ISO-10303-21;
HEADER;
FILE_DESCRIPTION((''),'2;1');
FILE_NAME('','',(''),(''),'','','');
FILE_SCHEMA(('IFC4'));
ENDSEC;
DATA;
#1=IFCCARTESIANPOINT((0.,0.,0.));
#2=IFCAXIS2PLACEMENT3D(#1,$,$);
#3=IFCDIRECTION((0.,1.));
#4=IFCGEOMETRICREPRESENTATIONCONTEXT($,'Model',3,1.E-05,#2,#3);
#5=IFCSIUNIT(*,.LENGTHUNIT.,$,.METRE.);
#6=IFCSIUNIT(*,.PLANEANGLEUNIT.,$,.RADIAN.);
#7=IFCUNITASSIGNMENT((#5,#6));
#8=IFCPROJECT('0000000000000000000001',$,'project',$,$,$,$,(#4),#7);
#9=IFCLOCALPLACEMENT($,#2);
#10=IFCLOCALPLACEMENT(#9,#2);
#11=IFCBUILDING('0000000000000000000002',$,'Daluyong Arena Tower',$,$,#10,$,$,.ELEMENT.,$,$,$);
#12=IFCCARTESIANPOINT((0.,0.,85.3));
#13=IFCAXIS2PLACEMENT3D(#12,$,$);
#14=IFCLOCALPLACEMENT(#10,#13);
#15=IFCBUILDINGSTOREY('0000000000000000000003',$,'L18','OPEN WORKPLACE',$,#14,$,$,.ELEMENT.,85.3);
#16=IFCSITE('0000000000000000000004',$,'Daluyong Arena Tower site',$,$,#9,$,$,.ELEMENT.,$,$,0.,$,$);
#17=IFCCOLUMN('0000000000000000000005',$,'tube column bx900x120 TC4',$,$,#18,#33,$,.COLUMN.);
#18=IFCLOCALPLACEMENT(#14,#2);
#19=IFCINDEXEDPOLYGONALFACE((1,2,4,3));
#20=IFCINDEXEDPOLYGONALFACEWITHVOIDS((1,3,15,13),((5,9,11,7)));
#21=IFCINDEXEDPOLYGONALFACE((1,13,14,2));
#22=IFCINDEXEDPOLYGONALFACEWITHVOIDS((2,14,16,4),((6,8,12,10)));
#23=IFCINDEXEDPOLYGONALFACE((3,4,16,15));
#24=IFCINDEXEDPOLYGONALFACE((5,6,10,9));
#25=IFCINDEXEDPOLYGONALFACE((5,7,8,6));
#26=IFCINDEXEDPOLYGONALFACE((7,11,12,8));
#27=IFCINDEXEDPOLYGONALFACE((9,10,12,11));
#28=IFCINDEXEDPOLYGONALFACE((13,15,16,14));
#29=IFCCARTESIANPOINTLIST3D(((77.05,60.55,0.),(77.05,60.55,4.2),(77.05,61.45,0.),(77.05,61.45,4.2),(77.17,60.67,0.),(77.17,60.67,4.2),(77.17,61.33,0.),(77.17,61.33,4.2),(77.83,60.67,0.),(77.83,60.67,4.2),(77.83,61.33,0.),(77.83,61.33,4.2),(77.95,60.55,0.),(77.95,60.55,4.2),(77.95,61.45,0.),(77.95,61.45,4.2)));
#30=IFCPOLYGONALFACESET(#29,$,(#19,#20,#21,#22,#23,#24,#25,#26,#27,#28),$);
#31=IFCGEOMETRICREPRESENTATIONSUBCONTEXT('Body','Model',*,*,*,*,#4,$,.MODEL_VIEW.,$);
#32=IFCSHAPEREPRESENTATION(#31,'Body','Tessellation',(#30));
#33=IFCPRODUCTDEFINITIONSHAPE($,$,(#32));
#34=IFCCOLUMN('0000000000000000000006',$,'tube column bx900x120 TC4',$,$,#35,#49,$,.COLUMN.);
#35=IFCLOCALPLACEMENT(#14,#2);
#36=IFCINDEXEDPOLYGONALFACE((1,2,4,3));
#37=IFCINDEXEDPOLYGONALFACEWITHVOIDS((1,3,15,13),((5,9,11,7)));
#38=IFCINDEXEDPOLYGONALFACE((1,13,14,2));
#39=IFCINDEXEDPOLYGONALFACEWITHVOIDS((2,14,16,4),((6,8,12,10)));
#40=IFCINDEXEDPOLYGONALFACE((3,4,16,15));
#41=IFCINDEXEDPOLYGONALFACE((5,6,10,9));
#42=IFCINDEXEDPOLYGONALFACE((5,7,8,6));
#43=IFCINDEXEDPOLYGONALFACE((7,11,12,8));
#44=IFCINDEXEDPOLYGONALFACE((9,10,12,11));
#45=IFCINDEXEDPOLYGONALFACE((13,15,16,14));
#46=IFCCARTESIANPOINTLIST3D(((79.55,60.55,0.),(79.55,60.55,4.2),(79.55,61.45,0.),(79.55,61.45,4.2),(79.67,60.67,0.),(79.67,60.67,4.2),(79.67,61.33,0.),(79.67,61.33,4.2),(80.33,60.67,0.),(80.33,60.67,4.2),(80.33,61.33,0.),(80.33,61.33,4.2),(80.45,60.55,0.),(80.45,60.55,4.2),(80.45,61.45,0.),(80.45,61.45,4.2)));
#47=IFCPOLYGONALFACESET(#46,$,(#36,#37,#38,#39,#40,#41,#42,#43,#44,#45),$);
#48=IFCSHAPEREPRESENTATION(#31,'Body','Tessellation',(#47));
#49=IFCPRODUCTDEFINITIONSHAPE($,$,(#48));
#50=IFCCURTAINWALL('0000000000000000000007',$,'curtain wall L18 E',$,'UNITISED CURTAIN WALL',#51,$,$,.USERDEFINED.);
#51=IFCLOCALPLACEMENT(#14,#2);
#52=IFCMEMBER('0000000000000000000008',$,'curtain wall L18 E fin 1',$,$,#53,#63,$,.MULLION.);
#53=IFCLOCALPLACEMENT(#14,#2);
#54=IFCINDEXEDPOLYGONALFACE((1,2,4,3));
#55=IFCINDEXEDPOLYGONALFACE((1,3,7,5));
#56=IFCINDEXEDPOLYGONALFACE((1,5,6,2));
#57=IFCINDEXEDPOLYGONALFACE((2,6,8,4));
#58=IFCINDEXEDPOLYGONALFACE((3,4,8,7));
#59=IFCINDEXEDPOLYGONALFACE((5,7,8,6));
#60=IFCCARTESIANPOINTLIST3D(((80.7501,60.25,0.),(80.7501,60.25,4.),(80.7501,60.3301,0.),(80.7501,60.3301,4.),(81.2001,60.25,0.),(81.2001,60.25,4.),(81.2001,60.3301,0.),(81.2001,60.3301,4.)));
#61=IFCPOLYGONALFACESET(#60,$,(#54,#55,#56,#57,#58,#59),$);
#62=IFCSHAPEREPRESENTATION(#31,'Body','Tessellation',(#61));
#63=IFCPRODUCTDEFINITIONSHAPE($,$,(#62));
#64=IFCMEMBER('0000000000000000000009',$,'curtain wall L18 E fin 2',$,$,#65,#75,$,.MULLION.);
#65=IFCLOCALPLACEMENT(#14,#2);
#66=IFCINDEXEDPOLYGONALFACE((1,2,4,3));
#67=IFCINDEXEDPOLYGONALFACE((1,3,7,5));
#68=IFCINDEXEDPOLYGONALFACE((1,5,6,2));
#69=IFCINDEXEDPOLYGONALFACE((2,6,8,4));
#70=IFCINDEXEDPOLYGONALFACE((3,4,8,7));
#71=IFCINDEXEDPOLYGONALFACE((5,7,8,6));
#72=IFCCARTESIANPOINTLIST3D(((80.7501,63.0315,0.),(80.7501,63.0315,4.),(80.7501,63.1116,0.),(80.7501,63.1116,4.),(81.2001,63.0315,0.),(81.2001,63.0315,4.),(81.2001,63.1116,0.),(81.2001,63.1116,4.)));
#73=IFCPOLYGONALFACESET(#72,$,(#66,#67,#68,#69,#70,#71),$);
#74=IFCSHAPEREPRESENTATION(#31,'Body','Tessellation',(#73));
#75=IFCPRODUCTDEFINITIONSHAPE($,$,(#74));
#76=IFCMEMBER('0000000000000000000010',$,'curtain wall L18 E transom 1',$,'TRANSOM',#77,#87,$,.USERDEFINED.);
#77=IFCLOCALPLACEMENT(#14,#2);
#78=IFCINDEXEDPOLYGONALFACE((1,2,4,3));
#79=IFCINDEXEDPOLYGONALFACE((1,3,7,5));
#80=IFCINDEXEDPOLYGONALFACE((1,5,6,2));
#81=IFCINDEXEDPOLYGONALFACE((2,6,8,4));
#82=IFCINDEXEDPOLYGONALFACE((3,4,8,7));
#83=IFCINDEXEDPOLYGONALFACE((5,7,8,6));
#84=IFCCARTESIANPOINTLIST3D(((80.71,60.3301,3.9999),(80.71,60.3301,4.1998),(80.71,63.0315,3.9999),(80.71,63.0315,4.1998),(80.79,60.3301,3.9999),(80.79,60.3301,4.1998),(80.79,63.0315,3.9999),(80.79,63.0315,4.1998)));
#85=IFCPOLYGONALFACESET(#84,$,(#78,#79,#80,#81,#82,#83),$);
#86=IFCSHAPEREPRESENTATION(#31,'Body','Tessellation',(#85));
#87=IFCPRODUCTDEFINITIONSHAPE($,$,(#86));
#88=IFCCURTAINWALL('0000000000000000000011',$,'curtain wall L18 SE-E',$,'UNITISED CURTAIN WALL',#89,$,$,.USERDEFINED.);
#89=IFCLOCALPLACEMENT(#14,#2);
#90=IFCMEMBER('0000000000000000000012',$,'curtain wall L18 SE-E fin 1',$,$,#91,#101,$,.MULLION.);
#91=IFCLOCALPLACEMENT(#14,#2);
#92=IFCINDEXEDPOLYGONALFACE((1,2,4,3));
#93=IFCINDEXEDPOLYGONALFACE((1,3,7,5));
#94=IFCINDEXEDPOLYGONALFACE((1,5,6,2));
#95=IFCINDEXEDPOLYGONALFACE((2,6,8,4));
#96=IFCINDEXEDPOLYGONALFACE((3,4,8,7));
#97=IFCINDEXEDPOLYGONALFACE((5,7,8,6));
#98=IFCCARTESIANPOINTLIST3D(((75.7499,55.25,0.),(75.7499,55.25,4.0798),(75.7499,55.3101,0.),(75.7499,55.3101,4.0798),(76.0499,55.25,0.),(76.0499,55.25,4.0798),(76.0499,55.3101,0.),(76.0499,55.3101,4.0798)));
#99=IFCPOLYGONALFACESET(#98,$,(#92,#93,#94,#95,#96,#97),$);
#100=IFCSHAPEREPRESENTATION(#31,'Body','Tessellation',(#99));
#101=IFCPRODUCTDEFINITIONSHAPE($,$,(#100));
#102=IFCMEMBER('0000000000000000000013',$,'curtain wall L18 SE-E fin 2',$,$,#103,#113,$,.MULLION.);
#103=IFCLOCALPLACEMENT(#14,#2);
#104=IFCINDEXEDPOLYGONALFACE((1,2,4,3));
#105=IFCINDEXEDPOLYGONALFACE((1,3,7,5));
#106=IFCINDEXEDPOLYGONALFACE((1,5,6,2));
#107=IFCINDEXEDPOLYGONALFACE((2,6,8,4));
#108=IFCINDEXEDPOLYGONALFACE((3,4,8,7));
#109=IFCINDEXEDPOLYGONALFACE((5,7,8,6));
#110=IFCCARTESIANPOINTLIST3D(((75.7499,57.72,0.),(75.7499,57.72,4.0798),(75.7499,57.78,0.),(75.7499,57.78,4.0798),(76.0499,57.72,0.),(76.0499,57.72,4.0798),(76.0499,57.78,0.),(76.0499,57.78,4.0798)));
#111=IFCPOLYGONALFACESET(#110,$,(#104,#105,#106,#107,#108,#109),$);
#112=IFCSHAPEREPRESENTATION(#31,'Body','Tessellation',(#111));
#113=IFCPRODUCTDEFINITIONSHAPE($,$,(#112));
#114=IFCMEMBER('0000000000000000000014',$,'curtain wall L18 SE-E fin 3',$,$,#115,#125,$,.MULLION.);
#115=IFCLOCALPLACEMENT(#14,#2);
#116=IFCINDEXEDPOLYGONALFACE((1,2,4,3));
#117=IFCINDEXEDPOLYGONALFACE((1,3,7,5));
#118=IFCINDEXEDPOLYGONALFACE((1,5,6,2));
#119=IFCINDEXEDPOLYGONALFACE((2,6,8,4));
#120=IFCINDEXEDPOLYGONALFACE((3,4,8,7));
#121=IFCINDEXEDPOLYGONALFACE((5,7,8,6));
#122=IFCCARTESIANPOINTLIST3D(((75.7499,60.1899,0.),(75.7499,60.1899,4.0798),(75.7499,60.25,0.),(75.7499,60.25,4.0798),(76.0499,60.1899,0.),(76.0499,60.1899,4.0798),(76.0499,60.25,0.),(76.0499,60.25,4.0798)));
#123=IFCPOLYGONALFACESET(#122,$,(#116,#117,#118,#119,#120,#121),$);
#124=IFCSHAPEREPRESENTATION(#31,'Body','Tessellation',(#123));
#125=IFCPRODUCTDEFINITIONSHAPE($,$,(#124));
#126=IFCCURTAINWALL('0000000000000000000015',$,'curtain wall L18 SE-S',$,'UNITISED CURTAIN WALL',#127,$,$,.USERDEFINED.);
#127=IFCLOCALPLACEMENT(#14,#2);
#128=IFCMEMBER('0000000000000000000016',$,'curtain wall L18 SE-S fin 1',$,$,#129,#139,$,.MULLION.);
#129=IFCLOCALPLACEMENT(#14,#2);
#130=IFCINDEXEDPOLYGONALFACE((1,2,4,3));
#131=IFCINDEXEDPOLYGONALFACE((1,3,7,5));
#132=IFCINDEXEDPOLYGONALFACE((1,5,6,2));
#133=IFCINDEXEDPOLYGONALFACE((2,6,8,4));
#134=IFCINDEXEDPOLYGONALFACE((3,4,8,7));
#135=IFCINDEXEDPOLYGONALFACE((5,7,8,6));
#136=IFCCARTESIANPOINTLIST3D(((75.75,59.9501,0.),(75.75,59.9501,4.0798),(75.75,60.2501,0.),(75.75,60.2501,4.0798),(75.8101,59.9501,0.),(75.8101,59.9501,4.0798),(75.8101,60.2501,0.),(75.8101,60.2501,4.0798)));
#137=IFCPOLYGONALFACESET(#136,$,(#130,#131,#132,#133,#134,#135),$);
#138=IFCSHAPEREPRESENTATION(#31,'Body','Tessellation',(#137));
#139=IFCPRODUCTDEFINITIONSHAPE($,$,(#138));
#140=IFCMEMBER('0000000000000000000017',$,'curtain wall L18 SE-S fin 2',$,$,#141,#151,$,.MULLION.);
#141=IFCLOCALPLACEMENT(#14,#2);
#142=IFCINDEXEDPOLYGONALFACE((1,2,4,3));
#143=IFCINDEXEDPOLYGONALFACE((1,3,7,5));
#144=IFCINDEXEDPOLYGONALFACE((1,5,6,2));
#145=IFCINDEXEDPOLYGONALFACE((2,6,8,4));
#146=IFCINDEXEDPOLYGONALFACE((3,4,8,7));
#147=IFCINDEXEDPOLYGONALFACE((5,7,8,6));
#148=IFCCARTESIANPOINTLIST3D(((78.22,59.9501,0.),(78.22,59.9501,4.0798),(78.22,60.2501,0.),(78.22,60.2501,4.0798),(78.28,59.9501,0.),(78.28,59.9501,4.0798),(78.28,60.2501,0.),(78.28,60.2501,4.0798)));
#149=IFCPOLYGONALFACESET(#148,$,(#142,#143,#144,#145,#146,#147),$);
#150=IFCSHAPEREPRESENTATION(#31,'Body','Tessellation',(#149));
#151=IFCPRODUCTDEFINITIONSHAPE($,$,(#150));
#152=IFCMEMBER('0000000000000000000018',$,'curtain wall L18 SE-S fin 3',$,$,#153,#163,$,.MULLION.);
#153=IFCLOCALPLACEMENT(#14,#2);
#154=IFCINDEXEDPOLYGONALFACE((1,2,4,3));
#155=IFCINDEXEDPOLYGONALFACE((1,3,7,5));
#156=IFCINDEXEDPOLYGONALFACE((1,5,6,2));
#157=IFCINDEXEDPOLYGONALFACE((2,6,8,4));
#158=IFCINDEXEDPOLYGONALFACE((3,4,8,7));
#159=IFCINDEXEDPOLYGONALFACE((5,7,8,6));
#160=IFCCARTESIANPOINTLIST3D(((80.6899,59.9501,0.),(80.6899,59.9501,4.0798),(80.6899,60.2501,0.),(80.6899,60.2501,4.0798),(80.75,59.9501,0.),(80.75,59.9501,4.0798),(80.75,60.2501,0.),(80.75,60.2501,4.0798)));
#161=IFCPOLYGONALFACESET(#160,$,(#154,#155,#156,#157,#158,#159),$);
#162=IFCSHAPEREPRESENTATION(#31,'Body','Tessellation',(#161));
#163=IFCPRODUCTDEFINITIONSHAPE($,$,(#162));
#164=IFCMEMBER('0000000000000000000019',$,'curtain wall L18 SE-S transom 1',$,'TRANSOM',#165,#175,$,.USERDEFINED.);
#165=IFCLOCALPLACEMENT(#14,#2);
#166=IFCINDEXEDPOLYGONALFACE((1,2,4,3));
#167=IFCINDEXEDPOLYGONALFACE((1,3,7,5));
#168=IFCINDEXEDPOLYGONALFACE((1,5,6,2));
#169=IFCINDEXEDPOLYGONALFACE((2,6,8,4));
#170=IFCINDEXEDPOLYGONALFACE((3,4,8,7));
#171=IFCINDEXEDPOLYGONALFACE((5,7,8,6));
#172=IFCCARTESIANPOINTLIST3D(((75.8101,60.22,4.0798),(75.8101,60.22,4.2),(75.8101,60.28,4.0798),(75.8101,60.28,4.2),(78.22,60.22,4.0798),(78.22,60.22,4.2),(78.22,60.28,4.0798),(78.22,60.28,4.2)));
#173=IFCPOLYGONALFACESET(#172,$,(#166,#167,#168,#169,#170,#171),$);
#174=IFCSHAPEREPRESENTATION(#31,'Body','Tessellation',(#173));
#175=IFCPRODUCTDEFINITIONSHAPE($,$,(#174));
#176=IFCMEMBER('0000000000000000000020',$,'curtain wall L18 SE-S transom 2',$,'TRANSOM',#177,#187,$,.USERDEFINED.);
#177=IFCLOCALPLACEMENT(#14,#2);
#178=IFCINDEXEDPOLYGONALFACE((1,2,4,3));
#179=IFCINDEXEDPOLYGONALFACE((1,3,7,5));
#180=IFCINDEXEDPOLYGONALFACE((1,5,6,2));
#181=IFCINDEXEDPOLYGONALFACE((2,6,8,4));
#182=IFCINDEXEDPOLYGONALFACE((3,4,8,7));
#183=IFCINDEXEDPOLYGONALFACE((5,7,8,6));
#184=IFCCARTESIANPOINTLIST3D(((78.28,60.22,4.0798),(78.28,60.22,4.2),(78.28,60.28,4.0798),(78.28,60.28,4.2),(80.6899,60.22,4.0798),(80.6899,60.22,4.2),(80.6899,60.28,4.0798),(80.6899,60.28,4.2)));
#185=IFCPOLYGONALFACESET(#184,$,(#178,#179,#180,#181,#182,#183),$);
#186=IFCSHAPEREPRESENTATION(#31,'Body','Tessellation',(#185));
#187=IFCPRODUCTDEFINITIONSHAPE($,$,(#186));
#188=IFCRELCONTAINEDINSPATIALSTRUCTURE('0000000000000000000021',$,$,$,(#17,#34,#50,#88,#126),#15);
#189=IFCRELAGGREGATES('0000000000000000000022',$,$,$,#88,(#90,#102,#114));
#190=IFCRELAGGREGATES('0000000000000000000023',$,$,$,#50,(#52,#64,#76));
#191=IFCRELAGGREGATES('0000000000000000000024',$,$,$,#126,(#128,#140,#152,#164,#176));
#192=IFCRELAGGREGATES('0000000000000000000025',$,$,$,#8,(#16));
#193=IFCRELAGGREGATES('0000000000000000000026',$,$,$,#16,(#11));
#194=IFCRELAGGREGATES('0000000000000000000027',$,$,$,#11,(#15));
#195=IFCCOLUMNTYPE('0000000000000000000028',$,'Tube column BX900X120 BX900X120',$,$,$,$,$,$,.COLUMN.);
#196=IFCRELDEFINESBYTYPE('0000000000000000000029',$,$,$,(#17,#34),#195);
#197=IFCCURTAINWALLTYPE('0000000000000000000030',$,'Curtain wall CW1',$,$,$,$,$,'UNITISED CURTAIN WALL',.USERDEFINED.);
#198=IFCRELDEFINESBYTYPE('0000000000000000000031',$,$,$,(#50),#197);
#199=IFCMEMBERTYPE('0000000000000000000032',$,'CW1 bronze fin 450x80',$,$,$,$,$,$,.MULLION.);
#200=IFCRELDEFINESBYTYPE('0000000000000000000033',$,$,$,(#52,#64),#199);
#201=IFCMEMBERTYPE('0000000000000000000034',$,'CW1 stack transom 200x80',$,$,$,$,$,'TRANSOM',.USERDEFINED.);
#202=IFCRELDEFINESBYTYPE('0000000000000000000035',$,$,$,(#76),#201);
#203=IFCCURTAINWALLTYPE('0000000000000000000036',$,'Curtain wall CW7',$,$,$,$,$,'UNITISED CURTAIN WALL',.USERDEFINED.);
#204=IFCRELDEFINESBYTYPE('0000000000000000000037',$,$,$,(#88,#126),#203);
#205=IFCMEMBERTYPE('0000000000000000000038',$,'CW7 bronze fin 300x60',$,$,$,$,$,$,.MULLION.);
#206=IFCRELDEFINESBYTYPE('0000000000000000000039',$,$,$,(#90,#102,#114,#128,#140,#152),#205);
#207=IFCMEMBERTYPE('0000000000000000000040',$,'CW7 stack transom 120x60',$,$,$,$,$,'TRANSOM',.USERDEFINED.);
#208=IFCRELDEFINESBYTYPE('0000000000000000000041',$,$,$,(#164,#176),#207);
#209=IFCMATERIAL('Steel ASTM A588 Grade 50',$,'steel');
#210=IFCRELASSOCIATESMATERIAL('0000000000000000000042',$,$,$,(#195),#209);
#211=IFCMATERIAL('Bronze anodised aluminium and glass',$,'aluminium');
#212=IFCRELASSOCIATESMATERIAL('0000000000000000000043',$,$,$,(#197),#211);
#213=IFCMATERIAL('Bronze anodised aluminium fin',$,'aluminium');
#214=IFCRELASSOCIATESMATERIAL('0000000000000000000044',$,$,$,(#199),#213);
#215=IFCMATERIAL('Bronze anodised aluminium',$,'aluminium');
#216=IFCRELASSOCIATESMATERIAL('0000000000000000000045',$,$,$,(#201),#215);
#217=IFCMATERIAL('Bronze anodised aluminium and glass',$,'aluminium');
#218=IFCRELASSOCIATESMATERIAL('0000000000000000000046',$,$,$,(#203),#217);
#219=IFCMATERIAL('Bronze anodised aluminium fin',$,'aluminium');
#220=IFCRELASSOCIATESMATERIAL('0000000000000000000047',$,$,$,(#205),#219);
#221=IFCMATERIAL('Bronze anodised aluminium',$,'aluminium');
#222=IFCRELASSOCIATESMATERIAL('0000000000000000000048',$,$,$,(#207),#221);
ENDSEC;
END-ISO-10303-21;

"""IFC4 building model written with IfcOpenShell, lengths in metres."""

from ifc_helpers import new_model, si_unit, direction, frame, origin, origin_2d, place, context, subcontext, project, spatial, rectangle, hollow_rectangle, extrude, material, material_profile, profile_set, type_object, element, aggregate, save


model = new_model("IFC4")

# Units and contexts
model_context = context("Model", 3, precision=1e-05, world=origin(), true_north=direction((0.0, 1.0)))
body_context = subcontext(model_context, "Body", "Model", "MODEL_VIEW")
ifc_project = project(units=[si_unit("LENGTHUNIT", "METRE"), si_unit("PLANEANGLEUNIT", "RADIAN")], contexts=[model_context])

# Site, building, storey
site_placement = place(None, origin())
site = spatial("IfcSite", under=ifc_project, at=site_placement, Name="Daluyong Arena Tower site", CompositionType="ELEMENT", RefElevation=0.0)
building_placement = place(site_placement, origin())
building = spatial("IfcBuilding", under=site, at=building_placement, Name="Daluyong Arena Tower", CompositionType="ELEMENT")
storey_placement = place(building_placement, frame((0.0, 0.0, 85.3)))
storey = spatial("IfcBuildingStorey", under=building, at=storey_placement, Name="L18", Description="OPEN WORKPLACE", CompositionType="ELEMENT", Elevation=85.3)

# Columns
ifc_material_1 = material(Name="Steel ASTM A588 Grade 50", Category="steel")
ifc_material_profile_1 = material_profile(ifc_material_1, hollow_rectangle(XDim=0.8999, YDim=0.8999, WallThickness=0.12, at=origin_2d()))
ifc_profile_set_1 = profile_set([ifc_material_profile_1], Name="Steel ASTM A588 Grade 50")
column_type = type_object("IfcColumnType", Name="Tube column BX900X120 BX900X120", PredefinedType="COLUMN", material=ifc_profile_set_1)
for number, where, z_axis, x_axis, name in (
    (1, (77.5, 61.0, 0.0), (0.0, 0.0, 1.0), (1.0, 0.0, 0.0), "tube column bx900x120 TC4"),
    (2, (80.0, 61.0, 0.0), (0.0, 0.0, 1.0), (0.0, 1.0, 0.0), "tube column bx900x120 TC4"),
):
    element("IfcColumn", number, at=place(storey_placement, frame(where, z_axis=z_axis, x_axis=x_axis)), inside=storey, type_object=column_type, Name=name, PredefinedType="COLUMN", context=body_context, shape_type="SweptSolid", body=[
        extrude(hollow_rectangle(XDim=0.8999, YDim=0.8999, WallThickness=0.12, at=origin_2d()), origin(), (0.0, 0.0, 1.0), 4.2),
    ])

# Curtain walls, members
ifc_material_2 = material(Name="Bronze anodised aluminium and glass", Category="aluminium")
curtain_wall_type_1 = type_object("IfcCurtainWallType", Name="Curtain wall CW1", ElementType="UNITISED CURTAIN WALL", PredefinedType="USERDEFINED", material=ifc_material_2)
curtain_wall_1_placement = place(storey_placement, origin())
curtain_wall_1 = element("IfcCurtainWall", 3, at=curtain_wall_1_placement, inside=storey, type_object=curtain_wall_type_1, Name="curtain wall L18 E", ObjectType="UNITISED CURTAIN WALL", PredefinedType="USERDEFINED")
ifc_material_3 = material(Name="Bronze anodised aluminium fin", Category="aluminium")
ifc_material_profile_2 = material_profile(ifc_material_3, rectangle(XDim=0.45, YDim=0.0801, at=origin_2d()))
ifc_profile_set_2 = profile_set([ifc_material_profile_2], Name="Bronze anodised aluminium fin")
member_type_1 = type_object("IfcMemberType", Name="CW1 bronze fin 450x80", PredefinedType="MULLION", material=ifc_profile_set_2)
member_1_placement = place(storey_placement, frame((80.9751, 60.29, 0.0), z_axis=(0.0, 0.0, 1.0), x_axis=(-1.0, 0.0, 0.0)))
member_1 = element("IfcMember", 4, at=member_1_placement, type_object=member_type_1, Name="curtain wall L18 E fin 1", PredefinedType="MULLION", context=body_context, shape_type="SweptSolid", body=[
    extrude(rectangle(XDim=0.45, YDim=0.0801, at=origin_2d()), origin(), (0.0, 0.0, 1.0), 4.0),
])
member_2_placement = place(storey_placement, frame((80.9751, 63.0715, 0.0), z_axis=(0.0, 0.0, 1.0), x_axis=(-1.0, 0.0, 0.0)))
member_2 = element("IfcMember", 5, at=member_2_placement, type_object=member_type_1, Name="curtain wall L18 E fin 2", PredefinedType="MULLION", context=body_context, shape_type="SweptSolid", body=[
    extrude(rectangle(XDim=0.45, YDim=0.0801, at=origin_2d()), origin(), (0.0, 0.0, 1.0), 4.0),
])
ifc_material_4 = material(Name="Bronze anodised aluminium", Category="aluminium")
ifc_material_profile_3 = material_profile(ifc_material_4, rectangle(XDim=0.0801, YDim=0.2, at=origin_2d()))
ifc_profile_set_3 = profile_set([ifc_material_profile_3], Name="Bronze anodised aluminium")
member_type_2 = type_object("IfcMemberType", Name="CW1 stack transom 200x80", ElementType="TRANSOM", PredefinedType="USERDEFINED", material=ifc_profile_set_3)
member_3_placement = place(storey_placement, frame((80.75, 60.3301, 4.0999), z_axis=(0.0, 1.0, 0.0), x_axis=(-1.0, 0.0, 0.0)))
member_3 = element("IfcMember", 6, at=member_3_placement, type_object=member_type_2, Name="curtain wall L18 E transom 1", ObjectType="TRANSOM", PredefinedType="USERDEFINED", context=body_context, shape_type="SweptSolid", body=[
    extrude(rectangle(XDim=0.0801, YDim=0.2, at=origin_2d()), origin(), (0.0, 0.0, 1.0), 2.7014),
])
ifc_material_5 = material(Name="Bronze anodised aluminium and glass", Category="aluminium")
curtain_wall_type_2 = type_object("IfcCurtainWallType", Name="Curtain wall CW7", ElementType="UNITISED CURTAIN WALL", PredefinedType="USERDEFINED", material=ifc_material_5)
curtain_wall_2_placement = place(storey_placement, origin())
curtain_wall_2 = element("IfcCurtainWall", 7, at=curtain_wall_2_placement, inside=storey, type_object=curtain_wall_type_2, Name="curtain wall L18 SE-E", ObjectType="UNITISED CURTAIN WALL", PredefinedType="USERDEFINED")
ifc_material_6 = material(Name="Bronze anodised aluminium fin", Category="aluminium")
ifc_material_profile_4 = material_profile(ifc_material_6, rectangle(XDim=0.3, YDim=0.0601, at=origin_2d()))
ifc_profile_set_4 = profile_set([ifc_material_profile_4], Name="Bronze anodised aluminium fin")
member_type_3 = type_object("IfcMemberType", Name="CW7 bronze fin 300x60", PredefinedType="MULLION", material=ifc_profile_set_4)
member_4_placement = place(storey_placement, frame((75.8999, 55.28, 0.0), z_axis=(0.0, 0.0, 1.0), x_axis=(-1.0, 0.0, 0.0)))
member_4 = element("IfcMember", 8, at=member_4_placement, type_object=member_type_3, Name="curtain wall L18 SE-E fin 1", PredefinedType="MULLION", context=body_context, shape_type="SweptSolid", body=[
    extrude(rectangle(XDim=0.3, YDim=0.0601, at=origin_2d()), origin(), (0.0, 0.0, 1.0), 4.0798),
])
member_5_placement = place(storey_placement, frame((75.8999, 57.75, 0.0), z_axis=(0.0, 0.0, 1.0), x_axis=(-1.0, 0.0, 0.0)))
member_5 = element("IfcMember", 9, at=member_5_placement, type_object=member_type_3, Name="curtain wall L18 SE-E fin 2", PredefinedType="MULLION", context=body_context, shape_type="SweptSolid", body=[
    extrude(rectangle(XDim=0.3, YDim=0.0601, at=origin_2d()), origin(), (0.0, 0.0, 1.0), 4.0798),
])
member_6_placement = place(storey_placement, frame((75.8999, 60.22, 0.0), z_axis=(0.0, 0.0, 1.0), x_axis=(-1.0, 0.0, 0.0)))
member_6 = element("IfcMember", 10, at=member_6_placement, type_object=member_type_3, Name="curtain wall L18 SE-E fin 3", PredefinedType="MULLION", context=body_context, shape_type="SweptSolid", body=[
    extrude(rectangle(XDim=0.3, YDim=0.0601, at=origin_2d()), origin(), (0.0, 0.0, 1.0), 4.0798),
])
aggregate(curtain_wall_2, [member_4, member_5, member_6])
curtain_wall_3_placement = place(storey_placement, origin())
curtain_wall_3 = element("IfcCurtainWall", 11, at=curtain_wall_3_placement, inside=storey, type_object=curtain_wall_type_2, Name="curtain wall L18 SE-S", ObjectType="UNITISED CURTAIN WALL", PredefinedType="USERDEFINED")
member_7_placement = place(storey_placement, frame((75.78, 60.1001, 0.0), z_axis=(0.0, 0.0, 1.0), x_axis=(0.0, 1.0, 0.0)))
member_7 = element("IfcMember", 12, at=member_7_placement, type_object=member_type_3, Name="curtain wall L18 SE-S fin 1", PredefinedType="MULLION", context=body_context, shape_type="SweptSolid", body=[
    extrude(rectangle(XDim=0.3, YDim=0.0601, at=origin_2d()), origin(), (0.0, 0.0, 1.0), 4.0798),
])
member_8_placement = place(storey_placement, frame((78.25, 60.1001, 0.0), z_axis=(0.0, 0.0, 1.0), x_axis=(0.0, 1.0, 0.0)))
member_8 = element("IfcMember", 13, at=member_8_placement, type_object=member_type_3, Name="curtain wall L18 SE-S fin 2", PredefinedType="MULLION", context=body_context, shape_type="SweptSolid", body=[
    extrude(rectangle(XDim=0.3, YDim=0.0601, at=origin_2d()), origin(), (0.0, 0.0, 1.0), 4.0798),
])
member_9_placement = place(storey_placement, frame((80.72, 60.1001, 0.0), z_axis=(0.0, 0.0, 1.0), x_axis=(0.0, 1.0, 0.0)))
member_9 = element("IfcMember", 14, at=member_9_placement, type_object=member_type_3, Name="curtain wall L18 SE-S fin 3", PredefinedType="MULLION", context=body_context, shape_type="SweptSolid", body=[
    extrude(rectangle(XDim=0.3, YDim=0.0601, at=origin_2d()), origin(), (0.0, 0.0, 1.0), 4.0798),
])
ifc_material_7 = material(Name="Bronze anodised aluminium", Category="aluminium")
ifc_material_profile_5 = material_profile(ifc_material_7, rectangle(XDim=0.0601, YDim=0.1201, at=origin_2d()))
ifc_profile_set_5 = profile_set([ifc_material_profile_5], Name="Bronze anodised aluminium")
member_type_4 = type_object("IfcMemberType", Name="CW7 stack transom 120x60", ElementType="TRANSOM", PredefinedType="USERDEFINED", material=ifc_profile_set_5)
member_10_placement = place(storey_placement, frame((75.8101, 60.25, 4.1399), z_axis=(1.0, 0.0, 0.0), x_axis=(0.0, 1.0, 0.0)))
member_10 = element("IfcMember", 15, at=member_10_placement, type_object=member_type_4, Name="curtain wall L18 SE-S transom 1", ObjectType="TRANSOM", PredefinedType="USERDEFINED", context=body_context, shape_type="SweptSolid", body=[
    extrude(rectangle(XDim=0.0601, YDim=0.1201, at=origin_2d()), origin(), (0.0, 0.0, 1.0), 2.4099),
])
member_11_placement = place(storey_placement, frame((78.28, 60.25, 4.1399), z_axis=(1.0, 0.0, 0.0), x_axis=(0.0, 1.0, 0.0)))
member_11 = element("IfcMember", 16, at=member_11_placement, type_object=member_type_4, Name="curtain wall L18 SE-S transom 2", ObjectType="TRANSOM", PredefinedType="USERDEFINED", context=body_context, shape_type="SweptSolid", body=[
    extrude(rectangle(XDim=0.0601, YDim=0.1201, at=origin_2d()), origin(), (0.0, 0.0, 1.0), 2.4099),
])

aggregate(curtain_wall_1, [member_1, member_2, member_3])
aggregate(curtain_wall_3, [member_7, member_8, member_9, member_10, member_11])

save(model, "model.ifc")
